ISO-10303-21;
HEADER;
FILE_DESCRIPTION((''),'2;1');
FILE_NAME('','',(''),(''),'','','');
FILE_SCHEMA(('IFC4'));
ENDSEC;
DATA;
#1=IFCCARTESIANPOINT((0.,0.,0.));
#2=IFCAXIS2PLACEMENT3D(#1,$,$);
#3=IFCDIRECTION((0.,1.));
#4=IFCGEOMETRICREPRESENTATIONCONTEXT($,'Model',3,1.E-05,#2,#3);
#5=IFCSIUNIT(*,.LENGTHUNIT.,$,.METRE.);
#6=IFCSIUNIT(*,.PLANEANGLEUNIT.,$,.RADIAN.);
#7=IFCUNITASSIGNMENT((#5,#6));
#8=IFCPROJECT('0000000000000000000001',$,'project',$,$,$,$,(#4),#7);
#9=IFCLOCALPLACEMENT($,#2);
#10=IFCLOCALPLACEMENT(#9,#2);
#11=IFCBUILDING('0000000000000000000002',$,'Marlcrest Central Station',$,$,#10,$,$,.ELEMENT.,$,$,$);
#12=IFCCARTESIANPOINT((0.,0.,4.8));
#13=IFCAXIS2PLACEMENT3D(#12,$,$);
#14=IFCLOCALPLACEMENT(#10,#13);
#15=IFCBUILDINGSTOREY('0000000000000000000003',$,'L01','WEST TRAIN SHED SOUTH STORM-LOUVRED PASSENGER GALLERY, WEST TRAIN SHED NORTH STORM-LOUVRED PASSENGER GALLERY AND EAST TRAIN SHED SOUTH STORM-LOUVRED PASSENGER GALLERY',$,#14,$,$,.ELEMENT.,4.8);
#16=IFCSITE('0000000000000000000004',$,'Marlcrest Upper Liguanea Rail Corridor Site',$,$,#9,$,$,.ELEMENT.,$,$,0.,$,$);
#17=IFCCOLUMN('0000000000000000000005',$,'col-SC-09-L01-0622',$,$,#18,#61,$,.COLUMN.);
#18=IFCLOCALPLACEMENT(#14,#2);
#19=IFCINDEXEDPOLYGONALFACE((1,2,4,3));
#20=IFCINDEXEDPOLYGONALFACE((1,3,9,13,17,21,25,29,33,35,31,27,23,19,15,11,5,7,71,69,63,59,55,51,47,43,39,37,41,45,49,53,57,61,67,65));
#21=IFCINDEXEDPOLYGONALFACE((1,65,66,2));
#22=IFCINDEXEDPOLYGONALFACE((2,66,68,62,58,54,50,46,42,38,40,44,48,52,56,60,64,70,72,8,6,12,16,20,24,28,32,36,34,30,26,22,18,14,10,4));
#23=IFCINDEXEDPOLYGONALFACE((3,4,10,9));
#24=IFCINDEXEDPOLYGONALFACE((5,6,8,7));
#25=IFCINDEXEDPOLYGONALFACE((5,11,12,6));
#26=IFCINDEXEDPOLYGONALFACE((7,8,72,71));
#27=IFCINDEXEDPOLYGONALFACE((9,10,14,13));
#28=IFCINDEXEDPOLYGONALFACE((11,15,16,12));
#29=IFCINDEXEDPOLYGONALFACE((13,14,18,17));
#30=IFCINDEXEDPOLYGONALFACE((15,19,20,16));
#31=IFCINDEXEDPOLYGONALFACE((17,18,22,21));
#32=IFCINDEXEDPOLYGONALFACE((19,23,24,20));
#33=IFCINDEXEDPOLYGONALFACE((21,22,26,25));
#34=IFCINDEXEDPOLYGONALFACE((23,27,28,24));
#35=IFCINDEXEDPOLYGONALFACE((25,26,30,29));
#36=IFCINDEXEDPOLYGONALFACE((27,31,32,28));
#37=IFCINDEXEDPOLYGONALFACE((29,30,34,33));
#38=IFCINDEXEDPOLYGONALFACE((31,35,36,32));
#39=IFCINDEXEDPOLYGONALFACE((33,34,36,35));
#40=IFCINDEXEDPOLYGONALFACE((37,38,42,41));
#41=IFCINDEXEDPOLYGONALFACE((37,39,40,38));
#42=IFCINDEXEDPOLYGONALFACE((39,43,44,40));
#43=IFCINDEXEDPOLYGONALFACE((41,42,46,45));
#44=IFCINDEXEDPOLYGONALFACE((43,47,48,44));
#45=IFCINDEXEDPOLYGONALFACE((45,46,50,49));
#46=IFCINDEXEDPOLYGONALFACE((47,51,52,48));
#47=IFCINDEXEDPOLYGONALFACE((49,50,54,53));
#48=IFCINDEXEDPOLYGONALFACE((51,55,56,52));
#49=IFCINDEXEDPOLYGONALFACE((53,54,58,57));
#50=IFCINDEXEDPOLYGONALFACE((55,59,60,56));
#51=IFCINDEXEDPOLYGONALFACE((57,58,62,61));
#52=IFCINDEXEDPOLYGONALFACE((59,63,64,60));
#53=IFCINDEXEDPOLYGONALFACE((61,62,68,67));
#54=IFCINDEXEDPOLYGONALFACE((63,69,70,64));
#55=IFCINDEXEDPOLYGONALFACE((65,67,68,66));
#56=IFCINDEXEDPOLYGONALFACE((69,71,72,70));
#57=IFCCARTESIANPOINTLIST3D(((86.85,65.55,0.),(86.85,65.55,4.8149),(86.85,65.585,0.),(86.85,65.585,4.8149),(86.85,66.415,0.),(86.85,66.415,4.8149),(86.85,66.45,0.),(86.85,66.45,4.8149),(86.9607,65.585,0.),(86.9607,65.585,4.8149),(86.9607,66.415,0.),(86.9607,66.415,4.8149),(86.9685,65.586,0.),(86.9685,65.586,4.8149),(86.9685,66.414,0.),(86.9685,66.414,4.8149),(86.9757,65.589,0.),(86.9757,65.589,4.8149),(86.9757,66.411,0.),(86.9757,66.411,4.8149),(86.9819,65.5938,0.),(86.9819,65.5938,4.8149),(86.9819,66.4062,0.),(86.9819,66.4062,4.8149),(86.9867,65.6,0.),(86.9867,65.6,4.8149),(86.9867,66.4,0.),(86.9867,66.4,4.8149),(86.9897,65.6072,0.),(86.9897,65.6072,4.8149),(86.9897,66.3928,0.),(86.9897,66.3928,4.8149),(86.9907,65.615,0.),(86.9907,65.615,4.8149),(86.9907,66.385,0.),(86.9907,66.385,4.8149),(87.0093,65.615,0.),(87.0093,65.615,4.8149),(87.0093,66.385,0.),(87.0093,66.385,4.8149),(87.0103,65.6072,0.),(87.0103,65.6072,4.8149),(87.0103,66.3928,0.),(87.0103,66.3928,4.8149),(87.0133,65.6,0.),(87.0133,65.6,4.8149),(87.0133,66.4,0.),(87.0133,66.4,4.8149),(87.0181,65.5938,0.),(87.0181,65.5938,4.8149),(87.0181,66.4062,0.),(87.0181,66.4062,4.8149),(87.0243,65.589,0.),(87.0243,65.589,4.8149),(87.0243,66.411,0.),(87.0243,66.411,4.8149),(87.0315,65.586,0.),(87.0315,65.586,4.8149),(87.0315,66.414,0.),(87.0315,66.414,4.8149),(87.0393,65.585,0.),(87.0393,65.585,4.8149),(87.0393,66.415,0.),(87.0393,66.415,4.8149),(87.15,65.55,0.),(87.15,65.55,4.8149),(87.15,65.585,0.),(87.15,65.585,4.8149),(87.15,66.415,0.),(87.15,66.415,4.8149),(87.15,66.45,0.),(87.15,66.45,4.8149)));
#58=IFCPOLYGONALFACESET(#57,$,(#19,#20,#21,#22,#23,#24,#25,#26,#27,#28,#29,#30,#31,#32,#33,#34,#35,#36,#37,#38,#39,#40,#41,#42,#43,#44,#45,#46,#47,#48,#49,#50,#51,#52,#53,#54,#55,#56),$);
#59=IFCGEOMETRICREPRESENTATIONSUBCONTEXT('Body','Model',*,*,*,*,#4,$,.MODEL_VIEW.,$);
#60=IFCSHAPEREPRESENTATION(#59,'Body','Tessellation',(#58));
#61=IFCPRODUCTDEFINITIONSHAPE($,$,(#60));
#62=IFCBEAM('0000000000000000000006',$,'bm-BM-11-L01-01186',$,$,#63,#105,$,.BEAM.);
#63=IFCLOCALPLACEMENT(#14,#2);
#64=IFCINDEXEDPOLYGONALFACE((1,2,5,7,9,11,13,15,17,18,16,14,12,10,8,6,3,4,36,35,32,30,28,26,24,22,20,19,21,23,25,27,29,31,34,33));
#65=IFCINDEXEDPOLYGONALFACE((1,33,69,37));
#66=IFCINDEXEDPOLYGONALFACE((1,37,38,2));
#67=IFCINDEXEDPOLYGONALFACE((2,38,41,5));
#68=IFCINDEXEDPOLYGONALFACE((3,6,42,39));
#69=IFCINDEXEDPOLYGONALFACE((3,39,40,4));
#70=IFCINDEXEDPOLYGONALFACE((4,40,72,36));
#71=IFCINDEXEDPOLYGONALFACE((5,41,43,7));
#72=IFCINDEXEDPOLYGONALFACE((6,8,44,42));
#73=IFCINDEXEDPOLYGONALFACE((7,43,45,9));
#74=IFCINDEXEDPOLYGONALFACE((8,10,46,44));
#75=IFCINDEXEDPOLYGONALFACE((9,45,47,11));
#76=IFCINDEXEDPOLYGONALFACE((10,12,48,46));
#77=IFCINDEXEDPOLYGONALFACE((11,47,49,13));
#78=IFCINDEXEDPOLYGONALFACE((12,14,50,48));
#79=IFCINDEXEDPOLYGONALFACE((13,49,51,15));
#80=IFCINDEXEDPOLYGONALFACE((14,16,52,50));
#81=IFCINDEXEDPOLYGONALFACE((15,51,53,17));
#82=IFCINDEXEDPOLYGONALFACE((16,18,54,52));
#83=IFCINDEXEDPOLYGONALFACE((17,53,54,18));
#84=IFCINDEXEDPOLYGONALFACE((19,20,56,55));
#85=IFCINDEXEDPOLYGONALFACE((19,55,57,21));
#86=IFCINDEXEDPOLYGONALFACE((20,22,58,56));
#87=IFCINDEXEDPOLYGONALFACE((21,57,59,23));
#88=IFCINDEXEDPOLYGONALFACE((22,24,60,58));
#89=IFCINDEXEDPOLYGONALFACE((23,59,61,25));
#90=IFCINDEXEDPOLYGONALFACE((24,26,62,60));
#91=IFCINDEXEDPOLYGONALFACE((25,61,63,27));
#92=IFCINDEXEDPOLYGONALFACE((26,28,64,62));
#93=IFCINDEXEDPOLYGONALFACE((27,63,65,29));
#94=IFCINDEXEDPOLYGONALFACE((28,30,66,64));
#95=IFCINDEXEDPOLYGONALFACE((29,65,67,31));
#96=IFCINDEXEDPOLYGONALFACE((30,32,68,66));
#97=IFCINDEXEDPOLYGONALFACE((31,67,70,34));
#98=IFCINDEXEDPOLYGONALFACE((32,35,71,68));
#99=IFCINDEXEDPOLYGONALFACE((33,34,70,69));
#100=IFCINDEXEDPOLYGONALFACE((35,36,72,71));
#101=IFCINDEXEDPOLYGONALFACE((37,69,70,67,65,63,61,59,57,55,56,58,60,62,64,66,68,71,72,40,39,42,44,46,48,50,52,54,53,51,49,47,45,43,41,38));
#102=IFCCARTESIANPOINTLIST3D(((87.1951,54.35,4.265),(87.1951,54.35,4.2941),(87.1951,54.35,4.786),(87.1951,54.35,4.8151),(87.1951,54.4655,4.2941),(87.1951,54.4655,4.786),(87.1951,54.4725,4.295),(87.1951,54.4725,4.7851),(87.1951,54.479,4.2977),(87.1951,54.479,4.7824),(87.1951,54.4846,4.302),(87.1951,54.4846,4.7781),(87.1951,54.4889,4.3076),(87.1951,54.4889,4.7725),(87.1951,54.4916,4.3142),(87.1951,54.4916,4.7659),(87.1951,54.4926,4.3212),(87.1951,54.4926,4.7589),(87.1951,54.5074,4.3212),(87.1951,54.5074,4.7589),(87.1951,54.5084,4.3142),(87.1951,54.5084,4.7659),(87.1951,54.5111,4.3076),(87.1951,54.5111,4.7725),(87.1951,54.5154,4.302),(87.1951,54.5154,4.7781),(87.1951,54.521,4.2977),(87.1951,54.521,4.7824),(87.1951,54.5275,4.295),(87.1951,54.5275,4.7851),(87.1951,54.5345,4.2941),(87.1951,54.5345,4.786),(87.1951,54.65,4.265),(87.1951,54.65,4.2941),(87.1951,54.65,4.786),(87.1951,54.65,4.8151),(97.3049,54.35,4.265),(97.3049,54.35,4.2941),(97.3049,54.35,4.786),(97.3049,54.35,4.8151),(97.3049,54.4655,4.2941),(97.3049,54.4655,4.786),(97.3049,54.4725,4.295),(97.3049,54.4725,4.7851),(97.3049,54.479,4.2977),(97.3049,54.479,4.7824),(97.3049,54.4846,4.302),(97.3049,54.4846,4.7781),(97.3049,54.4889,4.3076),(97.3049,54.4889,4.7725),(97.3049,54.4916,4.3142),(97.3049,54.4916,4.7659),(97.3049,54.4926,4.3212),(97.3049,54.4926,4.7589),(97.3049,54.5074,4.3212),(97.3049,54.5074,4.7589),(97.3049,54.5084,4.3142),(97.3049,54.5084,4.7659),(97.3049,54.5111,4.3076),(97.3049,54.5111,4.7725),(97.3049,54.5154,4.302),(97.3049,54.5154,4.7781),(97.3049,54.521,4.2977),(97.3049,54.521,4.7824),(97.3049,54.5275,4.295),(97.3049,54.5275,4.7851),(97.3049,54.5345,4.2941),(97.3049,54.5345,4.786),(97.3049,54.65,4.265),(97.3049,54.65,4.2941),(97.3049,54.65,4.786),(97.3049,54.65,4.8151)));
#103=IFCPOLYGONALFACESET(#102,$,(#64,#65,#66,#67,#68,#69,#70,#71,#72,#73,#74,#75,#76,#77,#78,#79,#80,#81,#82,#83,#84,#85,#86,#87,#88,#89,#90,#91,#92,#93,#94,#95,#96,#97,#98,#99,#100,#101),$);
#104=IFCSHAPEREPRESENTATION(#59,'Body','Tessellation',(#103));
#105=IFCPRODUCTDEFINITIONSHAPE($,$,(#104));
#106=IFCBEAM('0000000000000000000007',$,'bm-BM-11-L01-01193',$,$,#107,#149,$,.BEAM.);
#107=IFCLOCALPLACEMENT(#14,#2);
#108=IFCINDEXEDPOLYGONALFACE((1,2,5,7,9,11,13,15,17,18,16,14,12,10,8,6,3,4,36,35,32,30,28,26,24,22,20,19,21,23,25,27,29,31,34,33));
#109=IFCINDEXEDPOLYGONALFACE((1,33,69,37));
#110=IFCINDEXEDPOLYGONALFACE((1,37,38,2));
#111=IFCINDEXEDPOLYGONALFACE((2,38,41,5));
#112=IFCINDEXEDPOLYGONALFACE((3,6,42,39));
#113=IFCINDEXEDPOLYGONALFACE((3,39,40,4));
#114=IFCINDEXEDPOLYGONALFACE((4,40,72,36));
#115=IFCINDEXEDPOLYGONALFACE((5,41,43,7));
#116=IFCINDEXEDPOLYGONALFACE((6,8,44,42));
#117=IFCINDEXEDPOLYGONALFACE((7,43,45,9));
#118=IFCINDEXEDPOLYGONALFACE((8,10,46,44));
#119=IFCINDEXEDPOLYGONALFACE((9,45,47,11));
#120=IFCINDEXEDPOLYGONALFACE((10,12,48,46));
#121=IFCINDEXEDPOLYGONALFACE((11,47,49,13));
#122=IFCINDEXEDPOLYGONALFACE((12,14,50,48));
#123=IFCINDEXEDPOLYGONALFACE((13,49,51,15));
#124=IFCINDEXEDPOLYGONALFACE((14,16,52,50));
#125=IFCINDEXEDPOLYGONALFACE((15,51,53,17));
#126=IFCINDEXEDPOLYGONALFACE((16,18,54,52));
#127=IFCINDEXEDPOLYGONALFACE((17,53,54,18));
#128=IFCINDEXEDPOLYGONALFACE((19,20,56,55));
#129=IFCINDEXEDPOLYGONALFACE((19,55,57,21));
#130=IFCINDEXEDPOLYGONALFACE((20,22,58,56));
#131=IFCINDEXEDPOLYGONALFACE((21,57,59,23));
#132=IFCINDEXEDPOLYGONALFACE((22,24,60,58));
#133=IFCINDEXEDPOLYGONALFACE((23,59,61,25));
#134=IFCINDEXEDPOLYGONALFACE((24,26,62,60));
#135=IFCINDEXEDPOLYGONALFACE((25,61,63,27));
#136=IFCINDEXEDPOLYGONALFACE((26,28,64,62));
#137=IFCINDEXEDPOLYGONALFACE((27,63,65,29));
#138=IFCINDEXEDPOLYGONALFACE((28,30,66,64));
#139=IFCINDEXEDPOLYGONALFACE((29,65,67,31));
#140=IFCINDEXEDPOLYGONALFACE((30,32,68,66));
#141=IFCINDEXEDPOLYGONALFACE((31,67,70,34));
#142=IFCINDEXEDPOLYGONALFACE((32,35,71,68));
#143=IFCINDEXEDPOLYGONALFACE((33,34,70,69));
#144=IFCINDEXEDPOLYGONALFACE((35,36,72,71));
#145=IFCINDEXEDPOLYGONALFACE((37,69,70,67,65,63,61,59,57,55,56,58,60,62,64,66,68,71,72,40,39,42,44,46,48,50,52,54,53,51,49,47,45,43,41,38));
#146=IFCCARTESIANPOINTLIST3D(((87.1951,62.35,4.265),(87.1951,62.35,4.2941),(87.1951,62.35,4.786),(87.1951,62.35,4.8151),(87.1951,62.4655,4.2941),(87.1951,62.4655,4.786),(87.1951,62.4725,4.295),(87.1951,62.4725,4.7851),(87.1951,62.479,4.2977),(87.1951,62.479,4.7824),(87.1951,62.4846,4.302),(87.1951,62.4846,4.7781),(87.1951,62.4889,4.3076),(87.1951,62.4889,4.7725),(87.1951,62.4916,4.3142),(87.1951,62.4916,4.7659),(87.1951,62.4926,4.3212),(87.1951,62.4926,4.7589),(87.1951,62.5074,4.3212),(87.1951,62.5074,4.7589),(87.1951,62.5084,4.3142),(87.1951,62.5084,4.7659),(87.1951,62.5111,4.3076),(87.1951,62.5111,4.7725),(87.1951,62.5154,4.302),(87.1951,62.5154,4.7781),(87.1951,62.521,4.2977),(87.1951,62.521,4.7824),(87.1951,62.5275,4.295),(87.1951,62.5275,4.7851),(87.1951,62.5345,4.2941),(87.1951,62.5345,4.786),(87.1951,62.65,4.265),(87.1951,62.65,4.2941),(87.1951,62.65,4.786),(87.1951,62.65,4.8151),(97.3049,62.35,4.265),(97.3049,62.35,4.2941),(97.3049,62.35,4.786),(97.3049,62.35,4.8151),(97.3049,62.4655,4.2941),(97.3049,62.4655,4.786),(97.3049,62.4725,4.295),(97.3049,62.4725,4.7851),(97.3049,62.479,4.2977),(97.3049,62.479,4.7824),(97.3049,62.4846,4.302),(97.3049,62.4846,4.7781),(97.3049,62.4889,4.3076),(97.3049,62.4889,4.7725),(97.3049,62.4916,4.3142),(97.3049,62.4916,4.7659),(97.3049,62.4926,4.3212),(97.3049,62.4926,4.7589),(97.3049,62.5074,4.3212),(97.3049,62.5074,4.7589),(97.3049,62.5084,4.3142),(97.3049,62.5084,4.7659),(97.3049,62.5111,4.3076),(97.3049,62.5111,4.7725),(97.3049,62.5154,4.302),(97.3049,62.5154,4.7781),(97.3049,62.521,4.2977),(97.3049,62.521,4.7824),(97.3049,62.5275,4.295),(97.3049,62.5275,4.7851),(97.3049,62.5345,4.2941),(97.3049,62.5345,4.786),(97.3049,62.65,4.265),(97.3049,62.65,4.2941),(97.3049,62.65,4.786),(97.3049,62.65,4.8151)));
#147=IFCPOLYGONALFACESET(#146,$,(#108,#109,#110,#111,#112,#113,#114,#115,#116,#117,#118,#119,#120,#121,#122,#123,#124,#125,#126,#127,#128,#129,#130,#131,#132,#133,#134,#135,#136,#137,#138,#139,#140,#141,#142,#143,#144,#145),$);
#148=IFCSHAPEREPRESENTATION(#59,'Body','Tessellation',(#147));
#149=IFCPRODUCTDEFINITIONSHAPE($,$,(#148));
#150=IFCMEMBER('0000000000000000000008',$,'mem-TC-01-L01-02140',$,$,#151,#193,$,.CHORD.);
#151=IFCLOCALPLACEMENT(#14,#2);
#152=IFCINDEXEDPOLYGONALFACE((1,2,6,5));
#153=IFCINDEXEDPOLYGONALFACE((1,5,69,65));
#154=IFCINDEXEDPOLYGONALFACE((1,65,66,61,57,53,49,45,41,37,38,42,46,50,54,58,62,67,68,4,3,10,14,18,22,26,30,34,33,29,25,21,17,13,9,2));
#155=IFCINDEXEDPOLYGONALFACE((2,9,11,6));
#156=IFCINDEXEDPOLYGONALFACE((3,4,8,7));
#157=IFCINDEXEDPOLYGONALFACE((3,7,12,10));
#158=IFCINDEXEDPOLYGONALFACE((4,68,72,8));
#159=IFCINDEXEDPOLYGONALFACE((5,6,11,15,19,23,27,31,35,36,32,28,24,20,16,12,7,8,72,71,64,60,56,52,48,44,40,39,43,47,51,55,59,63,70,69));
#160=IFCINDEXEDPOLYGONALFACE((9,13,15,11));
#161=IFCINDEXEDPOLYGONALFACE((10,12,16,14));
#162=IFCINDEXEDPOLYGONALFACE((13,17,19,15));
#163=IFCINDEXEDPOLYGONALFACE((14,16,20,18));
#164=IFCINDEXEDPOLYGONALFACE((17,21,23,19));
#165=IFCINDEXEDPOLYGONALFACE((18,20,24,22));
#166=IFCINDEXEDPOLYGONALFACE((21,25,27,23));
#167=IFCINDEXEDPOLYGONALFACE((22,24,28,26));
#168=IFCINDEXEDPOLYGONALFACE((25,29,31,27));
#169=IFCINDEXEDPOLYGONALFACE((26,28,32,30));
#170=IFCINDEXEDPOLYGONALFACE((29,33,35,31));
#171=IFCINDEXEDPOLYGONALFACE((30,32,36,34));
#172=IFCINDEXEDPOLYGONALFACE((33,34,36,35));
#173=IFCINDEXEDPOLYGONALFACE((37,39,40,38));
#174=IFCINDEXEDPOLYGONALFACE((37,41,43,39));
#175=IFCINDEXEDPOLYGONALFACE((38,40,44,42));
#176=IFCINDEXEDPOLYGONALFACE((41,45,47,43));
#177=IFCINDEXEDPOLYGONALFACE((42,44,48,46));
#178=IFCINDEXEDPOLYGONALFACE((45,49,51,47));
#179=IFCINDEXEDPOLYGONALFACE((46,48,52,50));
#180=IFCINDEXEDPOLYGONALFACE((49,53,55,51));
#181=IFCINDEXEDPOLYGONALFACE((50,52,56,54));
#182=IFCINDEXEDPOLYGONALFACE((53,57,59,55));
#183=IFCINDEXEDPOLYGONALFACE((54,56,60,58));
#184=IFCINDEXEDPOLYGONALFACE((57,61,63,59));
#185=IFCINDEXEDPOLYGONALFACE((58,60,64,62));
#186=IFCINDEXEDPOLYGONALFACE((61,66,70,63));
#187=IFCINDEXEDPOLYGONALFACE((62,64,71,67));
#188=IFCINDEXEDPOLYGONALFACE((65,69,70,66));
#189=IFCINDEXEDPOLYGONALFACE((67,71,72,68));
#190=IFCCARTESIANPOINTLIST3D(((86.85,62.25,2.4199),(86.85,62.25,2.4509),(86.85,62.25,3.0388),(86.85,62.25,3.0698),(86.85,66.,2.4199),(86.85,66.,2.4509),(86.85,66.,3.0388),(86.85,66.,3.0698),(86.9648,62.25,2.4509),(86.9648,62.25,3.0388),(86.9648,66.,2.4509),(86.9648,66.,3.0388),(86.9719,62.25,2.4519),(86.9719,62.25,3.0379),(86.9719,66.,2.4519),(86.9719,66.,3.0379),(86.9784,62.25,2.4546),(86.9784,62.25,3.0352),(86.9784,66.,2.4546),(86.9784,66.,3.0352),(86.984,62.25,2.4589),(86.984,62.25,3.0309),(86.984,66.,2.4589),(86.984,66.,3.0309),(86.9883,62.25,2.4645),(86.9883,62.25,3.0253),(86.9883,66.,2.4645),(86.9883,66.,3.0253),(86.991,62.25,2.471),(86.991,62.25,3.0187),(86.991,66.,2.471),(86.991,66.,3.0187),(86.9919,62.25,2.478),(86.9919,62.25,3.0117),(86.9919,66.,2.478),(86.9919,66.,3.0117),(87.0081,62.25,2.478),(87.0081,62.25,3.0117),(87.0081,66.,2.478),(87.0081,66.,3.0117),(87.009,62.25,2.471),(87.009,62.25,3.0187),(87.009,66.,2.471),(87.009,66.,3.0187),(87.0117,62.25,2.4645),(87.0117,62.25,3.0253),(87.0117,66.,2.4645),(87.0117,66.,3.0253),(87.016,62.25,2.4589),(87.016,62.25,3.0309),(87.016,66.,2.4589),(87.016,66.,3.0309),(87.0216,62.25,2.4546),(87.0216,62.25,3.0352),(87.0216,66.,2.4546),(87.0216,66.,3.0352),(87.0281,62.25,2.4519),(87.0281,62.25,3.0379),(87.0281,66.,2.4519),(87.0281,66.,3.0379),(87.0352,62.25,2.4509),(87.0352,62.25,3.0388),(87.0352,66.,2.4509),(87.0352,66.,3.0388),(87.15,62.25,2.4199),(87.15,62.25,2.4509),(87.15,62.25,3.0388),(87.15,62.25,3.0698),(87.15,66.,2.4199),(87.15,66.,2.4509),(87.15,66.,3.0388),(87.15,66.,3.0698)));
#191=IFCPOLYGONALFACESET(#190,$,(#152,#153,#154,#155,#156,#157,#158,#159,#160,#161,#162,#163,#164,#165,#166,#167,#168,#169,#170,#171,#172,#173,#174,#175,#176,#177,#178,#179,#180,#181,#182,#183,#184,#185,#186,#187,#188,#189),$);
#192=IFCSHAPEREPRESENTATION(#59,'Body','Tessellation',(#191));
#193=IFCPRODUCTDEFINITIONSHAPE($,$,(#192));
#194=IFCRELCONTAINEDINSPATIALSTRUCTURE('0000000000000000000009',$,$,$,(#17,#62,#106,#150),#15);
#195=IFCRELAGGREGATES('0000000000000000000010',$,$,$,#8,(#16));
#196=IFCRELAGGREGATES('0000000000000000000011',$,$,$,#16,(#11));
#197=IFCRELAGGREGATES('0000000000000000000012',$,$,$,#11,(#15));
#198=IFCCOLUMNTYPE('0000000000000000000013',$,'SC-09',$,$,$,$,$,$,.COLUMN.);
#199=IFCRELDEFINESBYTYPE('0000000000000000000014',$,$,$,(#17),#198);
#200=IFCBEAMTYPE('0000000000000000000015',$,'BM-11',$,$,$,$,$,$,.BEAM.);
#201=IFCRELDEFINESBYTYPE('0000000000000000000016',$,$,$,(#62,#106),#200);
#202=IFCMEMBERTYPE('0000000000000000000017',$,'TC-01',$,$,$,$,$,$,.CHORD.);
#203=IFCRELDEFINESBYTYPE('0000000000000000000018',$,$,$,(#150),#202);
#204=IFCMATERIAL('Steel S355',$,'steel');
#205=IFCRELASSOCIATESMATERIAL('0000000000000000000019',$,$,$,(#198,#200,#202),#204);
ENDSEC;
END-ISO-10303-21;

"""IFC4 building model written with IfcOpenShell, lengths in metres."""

from ifc_helpers import new_model, si_unit, direction, frame, origin, origin_2d, place, context, subcontext, project, spatial, i_section, extrude, material, material_profile, profile_set, type_object, element, save


model = new_model("IFC4")

# Units and contexts
model_context = context("Model", 3, precision=1e-05, world=origin(), true_north=direction((0.0, 1.0)))
body_context = subcontext(model_context, "Body", "Model", "MODEL_VIEW")
ifc_project = project(units=[si_unit("LENGTHUNIT", "METRE"), si_unit("PLANEANGLEUNIT", "RADIAN")], contexts=[model_context])

# Site, building, storey
site_placement = place(None, origin())
site = spatial("IfcSite", under=ifc_project, at=site_placement, Name="Marlcrest Upper Liguanea Rail Corridor Site", CompositionType="ELEMENT", RefElevation=0.0)
building_placement = place(site_placement, origin())
building = spatial("IfcBuilding", under=site, at=building_placement, Name="Marlcrest Central Station", CompositionType="ELEMENT")
storey_placement = place(building_placement, frame((0.0, 0.0, 4.8)))
storey = spatial("IfcBuildingStorey", under=building, at=storey_placement, Name="L01", Description="WEST TRAIN SHED SOUTH STORM-LOUVRED PASSENGER GALLERY, WEST TRAIN SHED NORTH STORM-LOUVRED PASSENGER GALLERY AND EAST TRAIN SHED SOUTH STORM-LOUVRED PASSENGER GALLERY", CompositionType="ELEMENT", Elevation=4.8)

# Column
ifc_material = material(Name="Steel S355", Category="steel")
ifc_material_profile_1 = material_profile(ifc_material, i_section(OverallWidth=0.3, OverallDepth=0.8999, WebThickness=0.0186, FlangeThickness=0.0349, FilletRadius=0.03, at=origin_2d()), Name="HEB 900")
ifc_profile_set_1 = profile_set([ifc_material_profile_1], Name="Steel S355")
column_type = type_object("IfcColumnType", Name="SC-09", PredefinedType="COLUMN", material=ifc_profile_set_1)
column_placement = place(storey_placement, frame((87.0, 66.0, 0.0), z_axis=(0.0, 0.0, 1.0), x_axis=(1.0, 0.0, 0.0)))
element("IfcColumn", 1, at=column_placement, inside=storey, type_object=column_type, Name="col-SC-09-L01-0622", PredefinedType="COLUMN", context=body_context, shape_type="SweptSolid", body=[
    extrude(i_section(OverallWidth=0.3, OverallDepth=0.8999, WebThickness=0.0186, FlangeThickness=0.0349, FilletRadius=0.03, at=origin_2d()), origin(), (0.0, 0.0, 1.0), 4.8149),
])

# Beams
ifc_material_profile_2 = material_profile(ifc_material, i_section(OverallWidth=0.3, OverallDepth=0.55, WebThickness=0.0149, FlangeThickness=0.0291, FilletRadius=0.0271, at=origin_2d()), Name="HEB 550")
ifc_profile_set_2 = profile_set([ifc_material_profile_2], Name="Steel S355")
beam_type_1 = type_object("IfcBeamType", Name="BM-11", PredefinedType="BEAM", material=ifc_profile_set_2)
for number, where, z_axis, x_axis, name in (
    (2, (87.1951, 54.5, 4.54), (1.0, 0.0, 0.0), (0.0, 1.0, 0.0), "bm-BM-11-L01-01186"),
    (3, (87.1951, 62.5, 4.54), (1.0, 0.0, 0.0), (0.0, 1.0, 0.0), "bm-BM-11-L01-01193"),
):
    element("IfcBeam", number, at=place(storey_placement, frame(where, z_axis=z_axis, x_axis=x_axis)), inside=storey, type_object=beam_type_1, Name=name, PredefinedType="BEAM", context=body_context, shape_type="SweptSolid", body=[
        extrude(i_section(OverallWidth=0.3, OverallDepth=0.55, WebThickness=0.0149, FlangeThickness=0.0291, FilletRadius=0.0271, at=origin_2d()), origin(), (0.0, 0.0, 1.0), 10.1099),
    ])

# Member
ifc_material_profile_3 = material_profile(ifc_material, i_section(OverallWidth=0.3, OverallDepth=0.6499, WebThickness=0.0161, FlangeThickness=0.031, FilletRadius=0.0271, at=origin_2d()), Name="HEB 650")
ifc_profile_set_3 = profile_set([ifc_material_profile_3], Name="Steel S355")
member_type_1 = type_object("IfcMemberType", Name="TC-01", PredefinedType="CHORD", material=ifc_profile_set_3)
for number, where, z_axis, x_axis, name in (
    (4, (87.0, 62.25, 2.7449), (0.0, 1.0, 0.0), (-1.0, 0.0, 0.0), "mem-TC-01-L01-02140"),
):
    element("IfcMember", number, at=place(storey_placement, frame(where, z_axis=z_axis, x_axis=x_axis)), inside=storey, type_object=member_type_1, Name=name, PredefinedType="CHORD", context=body_context, shape_type="SweptSolid", body=[
        extrude(i_section(OverallWidth=0.3, OverallDepth=0.6499, WebThickness=0.0161, FlangeThickness=0.031, FilletRadius=0.0271, at=origin_2d()), origin(), (0.0, 0.0, 1.0), 3.75),
    ])

save(model, "model.ifc")
